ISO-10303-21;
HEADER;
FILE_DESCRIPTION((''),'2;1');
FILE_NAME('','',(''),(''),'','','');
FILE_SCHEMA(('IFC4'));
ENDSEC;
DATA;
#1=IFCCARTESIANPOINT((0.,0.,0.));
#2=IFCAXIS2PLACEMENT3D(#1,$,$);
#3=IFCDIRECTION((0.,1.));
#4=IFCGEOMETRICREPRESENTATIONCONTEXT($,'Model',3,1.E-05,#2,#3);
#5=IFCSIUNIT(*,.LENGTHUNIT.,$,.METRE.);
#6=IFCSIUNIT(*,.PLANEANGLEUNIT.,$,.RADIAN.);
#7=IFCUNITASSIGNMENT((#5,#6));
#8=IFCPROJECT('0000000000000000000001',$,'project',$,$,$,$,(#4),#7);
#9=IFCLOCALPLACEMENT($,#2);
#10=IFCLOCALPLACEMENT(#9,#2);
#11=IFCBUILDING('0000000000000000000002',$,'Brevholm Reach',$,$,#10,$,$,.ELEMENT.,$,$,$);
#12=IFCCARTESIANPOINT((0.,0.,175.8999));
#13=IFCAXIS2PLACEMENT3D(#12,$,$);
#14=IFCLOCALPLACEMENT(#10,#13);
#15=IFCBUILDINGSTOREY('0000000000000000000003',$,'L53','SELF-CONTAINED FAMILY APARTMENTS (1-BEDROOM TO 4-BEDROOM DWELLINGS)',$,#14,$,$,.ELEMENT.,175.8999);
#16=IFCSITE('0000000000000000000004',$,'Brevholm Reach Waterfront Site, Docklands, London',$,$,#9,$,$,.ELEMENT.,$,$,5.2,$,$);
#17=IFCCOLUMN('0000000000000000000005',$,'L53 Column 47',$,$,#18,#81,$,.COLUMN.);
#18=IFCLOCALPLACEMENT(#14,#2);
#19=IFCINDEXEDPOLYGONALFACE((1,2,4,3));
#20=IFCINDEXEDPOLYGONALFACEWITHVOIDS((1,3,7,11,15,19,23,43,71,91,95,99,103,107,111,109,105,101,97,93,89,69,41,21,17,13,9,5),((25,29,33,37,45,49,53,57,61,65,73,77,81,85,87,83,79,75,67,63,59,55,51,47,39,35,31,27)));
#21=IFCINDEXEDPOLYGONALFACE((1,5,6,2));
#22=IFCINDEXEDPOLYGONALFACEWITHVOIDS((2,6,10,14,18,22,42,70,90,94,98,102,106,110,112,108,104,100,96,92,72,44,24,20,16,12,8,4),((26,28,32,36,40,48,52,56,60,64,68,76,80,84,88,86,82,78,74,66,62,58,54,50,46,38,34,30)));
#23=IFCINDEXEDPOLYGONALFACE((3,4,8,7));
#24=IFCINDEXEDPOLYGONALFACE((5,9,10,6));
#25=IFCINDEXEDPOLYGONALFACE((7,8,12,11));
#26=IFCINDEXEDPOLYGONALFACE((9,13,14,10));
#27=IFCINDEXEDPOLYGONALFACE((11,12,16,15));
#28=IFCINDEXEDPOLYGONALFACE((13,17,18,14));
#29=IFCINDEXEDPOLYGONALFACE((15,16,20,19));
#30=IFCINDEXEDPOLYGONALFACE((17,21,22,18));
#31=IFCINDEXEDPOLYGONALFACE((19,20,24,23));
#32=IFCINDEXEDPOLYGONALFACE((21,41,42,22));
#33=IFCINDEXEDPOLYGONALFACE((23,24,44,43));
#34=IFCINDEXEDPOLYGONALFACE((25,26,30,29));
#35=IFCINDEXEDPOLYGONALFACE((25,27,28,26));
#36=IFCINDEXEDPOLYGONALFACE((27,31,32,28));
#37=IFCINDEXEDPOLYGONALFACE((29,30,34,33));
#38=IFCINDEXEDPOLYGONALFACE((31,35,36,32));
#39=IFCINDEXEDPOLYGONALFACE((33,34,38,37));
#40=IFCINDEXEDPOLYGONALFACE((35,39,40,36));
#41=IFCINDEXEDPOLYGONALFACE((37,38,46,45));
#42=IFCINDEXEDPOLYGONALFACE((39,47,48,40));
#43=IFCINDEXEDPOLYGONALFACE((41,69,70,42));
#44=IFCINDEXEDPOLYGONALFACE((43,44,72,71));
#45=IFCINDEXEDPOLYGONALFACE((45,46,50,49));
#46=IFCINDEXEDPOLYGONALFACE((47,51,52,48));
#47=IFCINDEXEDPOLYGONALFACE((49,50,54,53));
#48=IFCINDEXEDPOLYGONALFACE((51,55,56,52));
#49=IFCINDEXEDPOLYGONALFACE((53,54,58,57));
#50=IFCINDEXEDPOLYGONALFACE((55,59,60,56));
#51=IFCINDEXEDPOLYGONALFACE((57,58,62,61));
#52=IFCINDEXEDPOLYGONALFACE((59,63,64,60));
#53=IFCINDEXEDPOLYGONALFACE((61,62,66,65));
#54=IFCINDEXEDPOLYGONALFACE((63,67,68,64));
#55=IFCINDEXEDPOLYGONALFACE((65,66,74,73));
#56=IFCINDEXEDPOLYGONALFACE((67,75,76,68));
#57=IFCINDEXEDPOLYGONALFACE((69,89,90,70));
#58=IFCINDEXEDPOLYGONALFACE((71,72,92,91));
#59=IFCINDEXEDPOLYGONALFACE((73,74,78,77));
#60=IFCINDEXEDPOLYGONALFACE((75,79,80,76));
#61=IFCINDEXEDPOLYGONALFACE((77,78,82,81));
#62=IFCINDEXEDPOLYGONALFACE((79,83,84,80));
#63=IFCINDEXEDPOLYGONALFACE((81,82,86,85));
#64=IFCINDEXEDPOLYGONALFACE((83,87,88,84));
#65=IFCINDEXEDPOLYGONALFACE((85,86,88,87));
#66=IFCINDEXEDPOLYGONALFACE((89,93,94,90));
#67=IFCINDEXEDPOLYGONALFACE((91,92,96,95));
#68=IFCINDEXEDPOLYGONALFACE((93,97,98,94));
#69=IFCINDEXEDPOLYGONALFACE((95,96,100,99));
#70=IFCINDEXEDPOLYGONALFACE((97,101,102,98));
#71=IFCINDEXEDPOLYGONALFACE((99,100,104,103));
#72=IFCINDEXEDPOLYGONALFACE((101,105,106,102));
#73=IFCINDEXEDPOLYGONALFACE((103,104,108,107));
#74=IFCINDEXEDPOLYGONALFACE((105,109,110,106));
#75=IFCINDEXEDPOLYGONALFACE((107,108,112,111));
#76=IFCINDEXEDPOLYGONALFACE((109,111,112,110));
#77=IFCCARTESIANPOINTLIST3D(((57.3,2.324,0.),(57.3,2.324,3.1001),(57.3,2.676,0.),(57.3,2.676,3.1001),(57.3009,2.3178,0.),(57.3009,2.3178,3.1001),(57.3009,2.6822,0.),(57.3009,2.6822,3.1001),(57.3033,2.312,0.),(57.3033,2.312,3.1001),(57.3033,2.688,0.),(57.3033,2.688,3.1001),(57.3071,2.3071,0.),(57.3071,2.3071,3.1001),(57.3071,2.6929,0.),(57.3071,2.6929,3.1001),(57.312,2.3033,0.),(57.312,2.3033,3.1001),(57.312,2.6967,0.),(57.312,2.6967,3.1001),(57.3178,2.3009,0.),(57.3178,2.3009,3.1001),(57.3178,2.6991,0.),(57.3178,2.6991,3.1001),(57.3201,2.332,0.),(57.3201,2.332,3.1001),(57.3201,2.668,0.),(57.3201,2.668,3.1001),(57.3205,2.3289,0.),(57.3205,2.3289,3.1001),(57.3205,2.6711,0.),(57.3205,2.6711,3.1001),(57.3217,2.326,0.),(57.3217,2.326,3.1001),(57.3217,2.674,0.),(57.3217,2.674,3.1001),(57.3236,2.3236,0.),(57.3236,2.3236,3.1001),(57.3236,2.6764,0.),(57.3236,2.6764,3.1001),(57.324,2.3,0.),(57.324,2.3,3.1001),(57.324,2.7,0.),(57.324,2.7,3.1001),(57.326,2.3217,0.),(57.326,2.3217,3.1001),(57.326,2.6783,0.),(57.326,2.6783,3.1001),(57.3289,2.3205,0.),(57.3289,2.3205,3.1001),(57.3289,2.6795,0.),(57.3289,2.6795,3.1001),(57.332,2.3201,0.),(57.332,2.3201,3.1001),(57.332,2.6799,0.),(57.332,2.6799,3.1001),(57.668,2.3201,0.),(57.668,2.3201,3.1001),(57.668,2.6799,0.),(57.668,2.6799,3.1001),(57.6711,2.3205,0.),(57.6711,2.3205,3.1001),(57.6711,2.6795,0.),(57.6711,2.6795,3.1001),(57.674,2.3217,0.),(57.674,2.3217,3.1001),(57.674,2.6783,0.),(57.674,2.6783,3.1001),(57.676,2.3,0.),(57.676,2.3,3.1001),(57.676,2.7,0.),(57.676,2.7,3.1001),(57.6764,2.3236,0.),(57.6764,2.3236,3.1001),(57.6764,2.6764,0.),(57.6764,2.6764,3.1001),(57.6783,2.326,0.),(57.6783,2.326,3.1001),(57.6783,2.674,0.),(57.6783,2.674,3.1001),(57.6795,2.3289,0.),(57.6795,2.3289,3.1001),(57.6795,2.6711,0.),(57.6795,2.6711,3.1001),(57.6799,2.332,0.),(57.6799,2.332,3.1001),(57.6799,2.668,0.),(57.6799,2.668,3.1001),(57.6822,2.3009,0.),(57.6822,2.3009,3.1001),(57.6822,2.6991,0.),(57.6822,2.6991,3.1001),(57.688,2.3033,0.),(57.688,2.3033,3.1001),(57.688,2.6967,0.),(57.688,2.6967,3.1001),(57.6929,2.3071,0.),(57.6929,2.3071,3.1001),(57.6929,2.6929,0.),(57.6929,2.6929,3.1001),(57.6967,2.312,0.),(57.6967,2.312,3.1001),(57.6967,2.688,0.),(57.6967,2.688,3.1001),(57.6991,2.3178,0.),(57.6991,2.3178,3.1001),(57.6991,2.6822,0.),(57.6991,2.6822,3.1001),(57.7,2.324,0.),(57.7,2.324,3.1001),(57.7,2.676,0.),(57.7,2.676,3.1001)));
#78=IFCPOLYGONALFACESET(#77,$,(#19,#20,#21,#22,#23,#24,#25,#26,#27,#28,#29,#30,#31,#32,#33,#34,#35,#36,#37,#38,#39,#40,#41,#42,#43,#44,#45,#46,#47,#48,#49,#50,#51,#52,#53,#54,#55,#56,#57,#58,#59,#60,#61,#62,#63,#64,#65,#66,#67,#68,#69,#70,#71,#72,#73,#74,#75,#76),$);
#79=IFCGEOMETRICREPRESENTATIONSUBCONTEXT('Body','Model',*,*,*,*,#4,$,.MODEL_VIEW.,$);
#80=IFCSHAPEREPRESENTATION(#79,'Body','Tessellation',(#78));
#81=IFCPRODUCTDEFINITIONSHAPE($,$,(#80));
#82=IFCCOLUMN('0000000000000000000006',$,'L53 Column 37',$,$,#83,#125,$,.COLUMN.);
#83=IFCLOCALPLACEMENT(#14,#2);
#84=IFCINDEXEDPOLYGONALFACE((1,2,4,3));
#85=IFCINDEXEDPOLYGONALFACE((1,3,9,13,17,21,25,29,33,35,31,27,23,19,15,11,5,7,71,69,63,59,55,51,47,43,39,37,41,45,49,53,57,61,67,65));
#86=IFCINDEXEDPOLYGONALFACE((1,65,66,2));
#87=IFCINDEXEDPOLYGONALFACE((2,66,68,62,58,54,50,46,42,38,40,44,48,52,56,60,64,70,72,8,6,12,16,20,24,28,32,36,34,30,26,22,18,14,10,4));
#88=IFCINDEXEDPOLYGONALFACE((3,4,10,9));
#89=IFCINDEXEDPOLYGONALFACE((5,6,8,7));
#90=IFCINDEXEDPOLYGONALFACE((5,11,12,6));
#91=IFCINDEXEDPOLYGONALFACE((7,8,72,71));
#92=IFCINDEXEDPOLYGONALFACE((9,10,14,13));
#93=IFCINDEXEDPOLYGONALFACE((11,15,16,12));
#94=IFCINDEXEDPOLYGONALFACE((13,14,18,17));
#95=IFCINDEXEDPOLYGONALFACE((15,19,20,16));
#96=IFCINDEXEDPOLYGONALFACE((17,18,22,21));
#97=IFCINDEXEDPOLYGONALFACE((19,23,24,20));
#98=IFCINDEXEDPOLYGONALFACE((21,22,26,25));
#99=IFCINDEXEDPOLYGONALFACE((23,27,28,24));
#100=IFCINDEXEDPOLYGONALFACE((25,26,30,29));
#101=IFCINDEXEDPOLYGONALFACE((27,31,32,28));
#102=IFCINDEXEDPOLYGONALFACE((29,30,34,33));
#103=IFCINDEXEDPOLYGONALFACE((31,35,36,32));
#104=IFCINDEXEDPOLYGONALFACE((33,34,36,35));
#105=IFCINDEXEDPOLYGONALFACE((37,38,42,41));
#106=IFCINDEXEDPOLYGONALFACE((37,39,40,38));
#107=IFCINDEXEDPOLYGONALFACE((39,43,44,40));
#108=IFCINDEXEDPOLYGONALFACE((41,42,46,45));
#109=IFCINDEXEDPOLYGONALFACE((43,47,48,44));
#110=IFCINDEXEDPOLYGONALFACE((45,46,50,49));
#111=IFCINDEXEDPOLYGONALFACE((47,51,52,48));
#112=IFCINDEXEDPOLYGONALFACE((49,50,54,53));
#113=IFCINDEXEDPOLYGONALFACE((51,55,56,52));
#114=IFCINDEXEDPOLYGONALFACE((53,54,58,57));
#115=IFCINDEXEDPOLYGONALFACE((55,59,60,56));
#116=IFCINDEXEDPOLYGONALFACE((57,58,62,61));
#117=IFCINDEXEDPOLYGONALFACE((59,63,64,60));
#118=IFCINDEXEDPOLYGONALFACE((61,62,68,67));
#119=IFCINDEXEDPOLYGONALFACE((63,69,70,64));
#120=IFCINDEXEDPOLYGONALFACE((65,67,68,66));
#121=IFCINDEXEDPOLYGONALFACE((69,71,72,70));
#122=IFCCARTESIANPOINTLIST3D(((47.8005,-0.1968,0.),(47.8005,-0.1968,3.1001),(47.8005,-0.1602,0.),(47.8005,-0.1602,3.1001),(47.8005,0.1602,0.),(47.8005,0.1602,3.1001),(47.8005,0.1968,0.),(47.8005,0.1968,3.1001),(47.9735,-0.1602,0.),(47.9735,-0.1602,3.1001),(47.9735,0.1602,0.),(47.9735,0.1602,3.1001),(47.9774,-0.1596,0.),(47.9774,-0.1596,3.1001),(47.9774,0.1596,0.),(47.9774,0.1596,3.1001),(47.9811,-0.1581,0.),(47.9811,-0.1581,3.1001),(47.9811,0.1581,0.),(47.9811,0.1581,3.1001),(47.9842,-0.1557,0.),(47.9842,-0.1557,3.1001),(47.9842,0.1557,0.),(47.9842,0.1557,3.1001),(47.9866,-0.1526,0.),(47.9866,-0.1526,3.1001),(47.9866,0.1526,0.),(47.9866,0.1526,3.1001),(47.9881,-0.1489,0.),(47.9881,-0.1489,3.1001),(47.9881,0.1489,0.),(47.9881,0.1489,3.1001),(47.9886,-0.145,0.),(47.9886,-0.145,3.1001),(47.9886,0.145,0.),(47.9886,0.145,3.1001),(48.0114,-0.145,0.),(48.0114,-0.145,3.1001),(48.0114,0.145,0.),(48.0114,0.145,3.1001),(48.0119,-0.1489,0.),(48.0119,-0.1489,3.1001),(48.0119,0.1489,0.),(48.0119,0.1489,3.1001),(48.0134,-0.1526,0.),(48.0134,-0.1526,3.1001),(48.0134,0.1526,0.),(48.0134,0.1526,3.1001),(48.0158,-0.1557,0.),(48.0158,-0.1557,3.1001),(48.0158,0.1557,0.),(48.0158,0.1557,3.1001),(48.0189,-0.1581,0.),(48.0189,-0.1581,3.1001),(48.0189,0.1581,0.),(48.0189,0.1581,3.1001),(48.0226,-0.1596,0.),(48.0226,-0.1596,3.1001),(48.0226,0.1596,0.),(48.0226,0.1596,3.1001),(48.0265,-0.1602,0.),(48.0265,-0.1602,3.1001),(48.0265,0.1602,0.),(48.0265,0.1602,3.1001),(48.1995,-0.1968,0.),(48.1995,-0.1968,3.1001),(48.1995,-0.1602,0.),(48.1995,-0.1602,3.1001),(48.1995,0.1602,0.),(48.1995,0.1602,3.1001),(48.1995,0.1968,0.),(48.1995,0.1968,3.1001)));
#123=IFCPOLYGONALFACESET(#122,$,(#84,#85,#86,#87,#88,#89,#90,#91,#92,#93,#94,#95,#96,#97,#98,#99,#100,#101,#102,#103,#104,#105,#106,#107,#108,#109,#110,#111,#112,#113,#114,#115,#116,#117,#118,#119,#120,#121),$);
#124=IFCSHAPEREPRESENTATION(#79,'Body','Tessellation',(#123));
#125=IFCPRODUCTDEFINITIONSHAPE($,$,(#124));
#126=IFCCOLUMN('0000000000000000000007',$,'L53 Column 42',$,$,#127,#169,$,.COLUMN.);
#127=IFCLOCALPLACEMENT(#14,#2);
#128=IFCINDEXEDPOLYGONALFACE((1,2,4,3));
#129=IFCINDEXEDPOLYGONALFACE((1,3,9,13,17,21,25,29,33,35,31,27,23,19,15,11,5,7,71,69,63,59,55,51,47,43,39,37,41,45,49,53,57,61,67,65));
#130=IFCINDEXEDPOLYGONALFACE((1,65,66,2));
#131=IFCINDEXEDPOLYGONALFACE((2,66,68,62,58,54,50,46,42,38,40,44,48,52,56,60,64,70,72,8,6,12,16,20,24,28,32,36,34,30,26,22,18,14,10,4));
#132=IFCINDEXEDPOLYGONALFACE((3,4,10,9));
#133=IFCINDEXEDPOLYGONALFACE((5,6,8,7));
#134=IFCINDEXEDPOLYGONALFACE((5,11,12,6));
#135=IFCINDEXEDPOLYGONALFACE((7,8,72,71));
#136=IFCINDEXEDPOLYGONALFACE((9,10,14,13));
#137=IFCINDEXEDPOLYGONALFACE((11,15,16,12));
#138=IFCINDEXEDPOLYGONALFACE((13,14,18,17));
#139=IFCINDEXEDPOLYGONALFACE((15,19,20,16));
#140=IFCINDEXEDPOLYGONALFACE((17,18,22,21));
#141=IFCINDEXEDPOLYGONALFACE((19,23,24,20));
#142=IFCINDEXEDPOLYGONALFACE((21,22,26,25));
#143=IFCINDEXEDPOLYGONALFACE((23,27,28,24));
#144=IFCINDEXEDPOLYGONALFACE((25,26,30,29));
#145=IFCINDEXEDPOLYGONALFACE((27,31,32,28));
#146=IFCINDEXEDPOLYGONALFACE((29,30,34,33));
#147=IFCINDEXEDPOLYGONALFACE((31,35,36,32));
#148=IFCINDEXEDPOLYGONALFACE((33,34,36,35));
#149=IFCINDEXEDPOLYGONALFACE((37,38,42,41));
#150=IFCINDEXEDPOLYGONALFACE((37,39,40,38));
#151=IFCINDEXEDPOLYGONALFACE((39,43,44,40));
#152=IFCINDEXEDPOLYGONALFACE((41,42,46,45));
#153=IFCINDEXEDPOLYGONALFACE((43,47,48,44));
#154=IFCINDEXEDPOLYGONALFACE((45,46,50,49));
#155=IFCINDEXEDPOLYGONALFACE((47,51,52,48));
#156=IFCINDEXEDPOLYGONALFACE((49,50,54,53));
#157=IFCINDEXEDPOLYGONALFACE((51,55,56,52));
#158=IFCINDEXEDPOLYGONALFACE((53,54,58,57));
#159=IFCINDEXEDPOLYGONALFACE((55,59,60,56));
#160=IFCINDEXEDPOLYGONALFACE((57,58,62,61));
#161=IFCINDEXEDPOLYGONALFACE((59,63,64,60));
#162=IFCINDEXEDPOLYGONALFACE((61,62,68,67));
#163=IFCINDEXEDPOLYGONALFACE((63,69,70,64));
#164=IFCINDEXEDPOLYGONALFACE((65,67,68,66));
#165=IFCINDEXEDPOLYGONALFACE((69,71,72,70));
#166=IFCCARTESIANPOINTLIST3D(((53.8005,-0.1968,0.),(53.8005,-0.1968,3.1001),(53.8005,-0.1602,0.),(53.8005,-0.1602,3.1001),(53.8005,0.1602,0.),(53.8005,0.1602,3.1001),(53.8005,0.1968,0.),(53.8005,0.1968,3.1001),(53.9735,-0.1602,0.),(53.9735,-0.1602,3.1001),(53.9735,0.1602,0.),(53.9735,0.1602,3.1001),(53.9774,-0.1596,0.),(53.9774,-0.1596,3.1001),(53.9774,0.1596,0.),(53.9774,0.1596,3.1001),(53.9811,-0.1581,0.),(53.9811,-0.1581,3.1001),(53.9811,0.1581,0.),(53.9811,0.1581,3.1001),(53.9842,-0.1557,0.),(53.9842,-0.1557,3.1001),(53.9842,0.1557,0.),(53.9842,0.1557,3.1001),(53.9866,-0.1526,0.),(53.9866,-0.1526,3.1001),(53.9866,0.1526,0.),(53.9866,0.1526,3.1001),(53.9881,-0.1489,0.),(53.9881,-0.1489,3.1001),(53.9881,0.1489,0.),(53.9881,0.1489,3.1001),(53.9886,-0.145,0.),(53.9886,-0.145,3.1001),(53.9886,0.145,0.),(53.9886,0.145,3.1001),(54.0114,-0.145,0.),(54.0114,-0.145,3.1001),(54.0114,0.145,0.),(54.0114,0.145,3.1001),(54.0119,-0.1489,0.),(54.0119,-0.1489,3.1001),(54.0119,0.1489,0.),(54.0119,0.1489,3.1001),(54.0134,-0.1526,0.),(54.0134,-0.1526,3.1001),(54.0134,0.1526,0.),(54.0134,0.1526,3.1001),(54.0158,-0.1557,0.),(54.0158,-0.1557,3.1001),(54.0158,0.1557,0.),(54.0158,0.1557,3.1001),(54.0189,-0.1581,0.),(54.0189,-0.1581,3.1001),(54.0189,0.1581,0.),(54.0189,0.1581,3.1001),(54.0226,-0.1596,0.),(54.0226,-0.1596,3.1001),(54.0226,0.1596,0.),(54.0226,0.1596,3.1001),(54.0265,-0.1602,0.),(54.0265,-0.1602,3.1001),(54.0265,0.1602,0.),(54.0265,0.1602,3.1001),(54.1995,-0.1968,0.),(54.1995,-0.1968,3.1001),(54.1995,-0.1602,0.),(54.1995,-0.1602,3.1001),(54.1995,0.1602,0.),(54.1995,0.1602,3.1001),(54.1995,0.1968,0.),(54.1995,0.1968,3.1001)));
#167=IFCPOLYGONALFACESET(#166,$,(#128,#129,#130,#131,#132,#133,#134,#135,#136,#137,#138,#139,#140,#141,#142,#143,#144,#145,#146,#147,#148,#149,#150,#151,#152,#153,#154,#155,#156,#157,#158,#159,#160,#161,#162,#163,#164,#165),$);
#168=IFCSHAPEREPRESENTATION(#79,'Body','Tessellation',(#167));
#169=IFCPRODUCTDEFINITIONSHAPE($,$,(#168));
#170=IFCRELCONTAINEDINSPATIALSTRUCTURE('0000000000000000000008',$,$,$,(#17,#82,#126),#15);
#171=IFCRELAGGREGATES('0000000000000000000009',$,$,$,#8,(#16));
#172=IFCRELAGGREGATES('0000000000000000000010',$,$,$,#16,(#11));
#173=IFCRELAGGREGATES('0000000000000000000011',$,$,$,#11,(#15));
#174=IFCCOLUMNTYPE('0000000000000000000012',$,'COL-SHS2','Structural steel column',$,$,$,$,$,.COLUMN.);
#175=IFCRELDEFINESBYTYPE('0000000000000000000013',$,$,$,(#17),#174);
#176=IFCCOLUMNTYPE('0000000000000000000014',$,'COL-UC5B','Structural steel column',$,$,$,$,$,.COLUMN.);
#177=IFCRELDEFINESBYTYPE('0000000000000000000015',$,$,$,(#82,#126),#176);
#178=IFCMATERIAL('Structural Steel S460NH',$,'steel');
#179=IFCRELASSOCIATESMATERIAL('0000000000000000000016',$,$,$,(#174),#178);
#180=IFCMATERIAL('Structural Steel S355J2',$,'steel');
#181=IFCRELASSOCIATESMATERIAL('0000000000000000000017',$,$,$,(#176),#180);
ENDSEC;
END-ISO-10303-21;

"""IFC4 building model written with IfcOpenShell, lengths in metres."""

from ifc_helpers import new_model, si_unit, direction, frame, origin, origin_2d, place, context, subcontext, project, spatial, hollow_rectangle, i_section, extrude, material, material_profile, profile_set, type_object, element, save


model = new_model("IFC4")

# Units and contexts
model_context = context("Model", 3, precision=1e-05, world=origin(), true_north=direction((0.0, 1.0)))
body_context = subcontext(model_context, "Body", "Model", "MODEL_VIEW")
ifc_project = project(units=[si_unit("LENGTHUNIT", "METRE"), si_unit("PLANEANGLEUNIT", "RADIAN")], contexts=[model_context])

# Site, building, storey
site_placement = place(None, origin())
site = spatial("IfcSite", under=ifc_project, at=site_placement, Name="Brevholm Reach Waterfront Site, Docklands, London", CompositionType="ELEMENT", RefElevation=5.2)
building_placement = place(site_placement, origin())
building = spatial("IfcBuilding", under=site, at=building_placement, Name="Brevholm Reach", CompositionType="ELEMENT")
storey_placement = place(building_placement, frame((0.0, 0.0, 175.8999)))
storey = spatial("IfcBuildingStorey", under=building, at=storey_placement, Name="L53", Description="SELF-CONTAINED FAMILY APARTMENTS (1-BEDROOM TO 4-BEDROOM DWELLINGS)", CompositionType="ELEMENT", Elevation=175.8999)

# Columns
ifc_material_1 = material(Name="Structural Steel S460NH", Category="steel")
ifc_material_profile_1 = material_profile(ifc_material_1, hollow_rectangle(XDim=0.3999, YDim=0.3999, WallThickness=0.02, InnerFilletRadius=0.012, OuterFilletRadius=0.0239, at=origin_2d()), Name="SHS 400x400x20")
ifc_profile_set_1 = profile_set([ifc_material_profile_1], Name="Structural Steel S460NH")
column_type_1 = type_object("IfcColumnType", Name="COL-SHS2", Description="Structural steel column", PredefinedType="COLUMN", material=ifc_profile_set_1)
column_placement = place(storey_placement, frame((57.5, 2.5, 0.0), z_axis=(0.0, 0.0, 1.0), x_axis=(1.0, 0.0, 0.0)))
element("IfcColumn", 1, at=column_placement, inside=storey, type_object=column_type_1, Name="L53 Column 47", PredefinedType="COLUMN", context=body_context, shape_type="SweptSolid", body=[
    extrude(hollow_rectangle(XDim=0.3999, YDim=0.3999, WallThickness=0.02, InnerFilletRadius=0.012, OuterFilletRadius=0.0239, at=origin_2d()), origin(), (0.0, 0.0, 1.0), 3.1001),
])
ifc_material_2 = material(Name="Structural Steel S355J2", Category="steel")
ifc_material_profile_2 = material_profile(ifc_material_2, i_section(OverallWidth=0.3989, OverallDepth=0.3936, WebThickness=0.0227, FlangeThickness=0.0366, FilletRadius=0.0151, at=origin_2d()), Name="UKC 356x406x287")
ifc_profile_set_2 = profile_set([ifc_material_profile_2], Name="Structural Steel S355J2")
column_type_2 = type_object("IfcColumnType", Name="COL-UC5B", Description="Structural steel column", PredefinedType="COLUMN", material=ifc_profile_set_2)
for number, where, z_axis, x_axis, name in (
    (2, (48.0, 0.0, 0.0), (0.0, 0.0, 1.0), (1.0, 0.0, 0.0), "L53 Column 37"),
    (3, (54.0, 0.0, 0.0), (0.0, 0.0, 1.0), (1.0, 0.0, 0.0), "L53 Column 42"),
):
    element("IfcColumn", number, at=place(storey_placement, frame(where, z_axis=z_axis, x_axis=x_axis)), inside=storey, type_object=column_type_2, Name=name, PredefinedType="COLUMN", context=body_context, shape_type="SweptSolid", body=[
        extrude(i_section(OverallWidth=0.3989, OverallDepth=0.3936, WebThickness=0.0227, FlangeThickness=0.0366, FilletRadius=0.0151, at=origin_2d()), origin(), (0.0, 0.0, 1.0), 3.1001),
    ])

save(model, "model.ifc")
